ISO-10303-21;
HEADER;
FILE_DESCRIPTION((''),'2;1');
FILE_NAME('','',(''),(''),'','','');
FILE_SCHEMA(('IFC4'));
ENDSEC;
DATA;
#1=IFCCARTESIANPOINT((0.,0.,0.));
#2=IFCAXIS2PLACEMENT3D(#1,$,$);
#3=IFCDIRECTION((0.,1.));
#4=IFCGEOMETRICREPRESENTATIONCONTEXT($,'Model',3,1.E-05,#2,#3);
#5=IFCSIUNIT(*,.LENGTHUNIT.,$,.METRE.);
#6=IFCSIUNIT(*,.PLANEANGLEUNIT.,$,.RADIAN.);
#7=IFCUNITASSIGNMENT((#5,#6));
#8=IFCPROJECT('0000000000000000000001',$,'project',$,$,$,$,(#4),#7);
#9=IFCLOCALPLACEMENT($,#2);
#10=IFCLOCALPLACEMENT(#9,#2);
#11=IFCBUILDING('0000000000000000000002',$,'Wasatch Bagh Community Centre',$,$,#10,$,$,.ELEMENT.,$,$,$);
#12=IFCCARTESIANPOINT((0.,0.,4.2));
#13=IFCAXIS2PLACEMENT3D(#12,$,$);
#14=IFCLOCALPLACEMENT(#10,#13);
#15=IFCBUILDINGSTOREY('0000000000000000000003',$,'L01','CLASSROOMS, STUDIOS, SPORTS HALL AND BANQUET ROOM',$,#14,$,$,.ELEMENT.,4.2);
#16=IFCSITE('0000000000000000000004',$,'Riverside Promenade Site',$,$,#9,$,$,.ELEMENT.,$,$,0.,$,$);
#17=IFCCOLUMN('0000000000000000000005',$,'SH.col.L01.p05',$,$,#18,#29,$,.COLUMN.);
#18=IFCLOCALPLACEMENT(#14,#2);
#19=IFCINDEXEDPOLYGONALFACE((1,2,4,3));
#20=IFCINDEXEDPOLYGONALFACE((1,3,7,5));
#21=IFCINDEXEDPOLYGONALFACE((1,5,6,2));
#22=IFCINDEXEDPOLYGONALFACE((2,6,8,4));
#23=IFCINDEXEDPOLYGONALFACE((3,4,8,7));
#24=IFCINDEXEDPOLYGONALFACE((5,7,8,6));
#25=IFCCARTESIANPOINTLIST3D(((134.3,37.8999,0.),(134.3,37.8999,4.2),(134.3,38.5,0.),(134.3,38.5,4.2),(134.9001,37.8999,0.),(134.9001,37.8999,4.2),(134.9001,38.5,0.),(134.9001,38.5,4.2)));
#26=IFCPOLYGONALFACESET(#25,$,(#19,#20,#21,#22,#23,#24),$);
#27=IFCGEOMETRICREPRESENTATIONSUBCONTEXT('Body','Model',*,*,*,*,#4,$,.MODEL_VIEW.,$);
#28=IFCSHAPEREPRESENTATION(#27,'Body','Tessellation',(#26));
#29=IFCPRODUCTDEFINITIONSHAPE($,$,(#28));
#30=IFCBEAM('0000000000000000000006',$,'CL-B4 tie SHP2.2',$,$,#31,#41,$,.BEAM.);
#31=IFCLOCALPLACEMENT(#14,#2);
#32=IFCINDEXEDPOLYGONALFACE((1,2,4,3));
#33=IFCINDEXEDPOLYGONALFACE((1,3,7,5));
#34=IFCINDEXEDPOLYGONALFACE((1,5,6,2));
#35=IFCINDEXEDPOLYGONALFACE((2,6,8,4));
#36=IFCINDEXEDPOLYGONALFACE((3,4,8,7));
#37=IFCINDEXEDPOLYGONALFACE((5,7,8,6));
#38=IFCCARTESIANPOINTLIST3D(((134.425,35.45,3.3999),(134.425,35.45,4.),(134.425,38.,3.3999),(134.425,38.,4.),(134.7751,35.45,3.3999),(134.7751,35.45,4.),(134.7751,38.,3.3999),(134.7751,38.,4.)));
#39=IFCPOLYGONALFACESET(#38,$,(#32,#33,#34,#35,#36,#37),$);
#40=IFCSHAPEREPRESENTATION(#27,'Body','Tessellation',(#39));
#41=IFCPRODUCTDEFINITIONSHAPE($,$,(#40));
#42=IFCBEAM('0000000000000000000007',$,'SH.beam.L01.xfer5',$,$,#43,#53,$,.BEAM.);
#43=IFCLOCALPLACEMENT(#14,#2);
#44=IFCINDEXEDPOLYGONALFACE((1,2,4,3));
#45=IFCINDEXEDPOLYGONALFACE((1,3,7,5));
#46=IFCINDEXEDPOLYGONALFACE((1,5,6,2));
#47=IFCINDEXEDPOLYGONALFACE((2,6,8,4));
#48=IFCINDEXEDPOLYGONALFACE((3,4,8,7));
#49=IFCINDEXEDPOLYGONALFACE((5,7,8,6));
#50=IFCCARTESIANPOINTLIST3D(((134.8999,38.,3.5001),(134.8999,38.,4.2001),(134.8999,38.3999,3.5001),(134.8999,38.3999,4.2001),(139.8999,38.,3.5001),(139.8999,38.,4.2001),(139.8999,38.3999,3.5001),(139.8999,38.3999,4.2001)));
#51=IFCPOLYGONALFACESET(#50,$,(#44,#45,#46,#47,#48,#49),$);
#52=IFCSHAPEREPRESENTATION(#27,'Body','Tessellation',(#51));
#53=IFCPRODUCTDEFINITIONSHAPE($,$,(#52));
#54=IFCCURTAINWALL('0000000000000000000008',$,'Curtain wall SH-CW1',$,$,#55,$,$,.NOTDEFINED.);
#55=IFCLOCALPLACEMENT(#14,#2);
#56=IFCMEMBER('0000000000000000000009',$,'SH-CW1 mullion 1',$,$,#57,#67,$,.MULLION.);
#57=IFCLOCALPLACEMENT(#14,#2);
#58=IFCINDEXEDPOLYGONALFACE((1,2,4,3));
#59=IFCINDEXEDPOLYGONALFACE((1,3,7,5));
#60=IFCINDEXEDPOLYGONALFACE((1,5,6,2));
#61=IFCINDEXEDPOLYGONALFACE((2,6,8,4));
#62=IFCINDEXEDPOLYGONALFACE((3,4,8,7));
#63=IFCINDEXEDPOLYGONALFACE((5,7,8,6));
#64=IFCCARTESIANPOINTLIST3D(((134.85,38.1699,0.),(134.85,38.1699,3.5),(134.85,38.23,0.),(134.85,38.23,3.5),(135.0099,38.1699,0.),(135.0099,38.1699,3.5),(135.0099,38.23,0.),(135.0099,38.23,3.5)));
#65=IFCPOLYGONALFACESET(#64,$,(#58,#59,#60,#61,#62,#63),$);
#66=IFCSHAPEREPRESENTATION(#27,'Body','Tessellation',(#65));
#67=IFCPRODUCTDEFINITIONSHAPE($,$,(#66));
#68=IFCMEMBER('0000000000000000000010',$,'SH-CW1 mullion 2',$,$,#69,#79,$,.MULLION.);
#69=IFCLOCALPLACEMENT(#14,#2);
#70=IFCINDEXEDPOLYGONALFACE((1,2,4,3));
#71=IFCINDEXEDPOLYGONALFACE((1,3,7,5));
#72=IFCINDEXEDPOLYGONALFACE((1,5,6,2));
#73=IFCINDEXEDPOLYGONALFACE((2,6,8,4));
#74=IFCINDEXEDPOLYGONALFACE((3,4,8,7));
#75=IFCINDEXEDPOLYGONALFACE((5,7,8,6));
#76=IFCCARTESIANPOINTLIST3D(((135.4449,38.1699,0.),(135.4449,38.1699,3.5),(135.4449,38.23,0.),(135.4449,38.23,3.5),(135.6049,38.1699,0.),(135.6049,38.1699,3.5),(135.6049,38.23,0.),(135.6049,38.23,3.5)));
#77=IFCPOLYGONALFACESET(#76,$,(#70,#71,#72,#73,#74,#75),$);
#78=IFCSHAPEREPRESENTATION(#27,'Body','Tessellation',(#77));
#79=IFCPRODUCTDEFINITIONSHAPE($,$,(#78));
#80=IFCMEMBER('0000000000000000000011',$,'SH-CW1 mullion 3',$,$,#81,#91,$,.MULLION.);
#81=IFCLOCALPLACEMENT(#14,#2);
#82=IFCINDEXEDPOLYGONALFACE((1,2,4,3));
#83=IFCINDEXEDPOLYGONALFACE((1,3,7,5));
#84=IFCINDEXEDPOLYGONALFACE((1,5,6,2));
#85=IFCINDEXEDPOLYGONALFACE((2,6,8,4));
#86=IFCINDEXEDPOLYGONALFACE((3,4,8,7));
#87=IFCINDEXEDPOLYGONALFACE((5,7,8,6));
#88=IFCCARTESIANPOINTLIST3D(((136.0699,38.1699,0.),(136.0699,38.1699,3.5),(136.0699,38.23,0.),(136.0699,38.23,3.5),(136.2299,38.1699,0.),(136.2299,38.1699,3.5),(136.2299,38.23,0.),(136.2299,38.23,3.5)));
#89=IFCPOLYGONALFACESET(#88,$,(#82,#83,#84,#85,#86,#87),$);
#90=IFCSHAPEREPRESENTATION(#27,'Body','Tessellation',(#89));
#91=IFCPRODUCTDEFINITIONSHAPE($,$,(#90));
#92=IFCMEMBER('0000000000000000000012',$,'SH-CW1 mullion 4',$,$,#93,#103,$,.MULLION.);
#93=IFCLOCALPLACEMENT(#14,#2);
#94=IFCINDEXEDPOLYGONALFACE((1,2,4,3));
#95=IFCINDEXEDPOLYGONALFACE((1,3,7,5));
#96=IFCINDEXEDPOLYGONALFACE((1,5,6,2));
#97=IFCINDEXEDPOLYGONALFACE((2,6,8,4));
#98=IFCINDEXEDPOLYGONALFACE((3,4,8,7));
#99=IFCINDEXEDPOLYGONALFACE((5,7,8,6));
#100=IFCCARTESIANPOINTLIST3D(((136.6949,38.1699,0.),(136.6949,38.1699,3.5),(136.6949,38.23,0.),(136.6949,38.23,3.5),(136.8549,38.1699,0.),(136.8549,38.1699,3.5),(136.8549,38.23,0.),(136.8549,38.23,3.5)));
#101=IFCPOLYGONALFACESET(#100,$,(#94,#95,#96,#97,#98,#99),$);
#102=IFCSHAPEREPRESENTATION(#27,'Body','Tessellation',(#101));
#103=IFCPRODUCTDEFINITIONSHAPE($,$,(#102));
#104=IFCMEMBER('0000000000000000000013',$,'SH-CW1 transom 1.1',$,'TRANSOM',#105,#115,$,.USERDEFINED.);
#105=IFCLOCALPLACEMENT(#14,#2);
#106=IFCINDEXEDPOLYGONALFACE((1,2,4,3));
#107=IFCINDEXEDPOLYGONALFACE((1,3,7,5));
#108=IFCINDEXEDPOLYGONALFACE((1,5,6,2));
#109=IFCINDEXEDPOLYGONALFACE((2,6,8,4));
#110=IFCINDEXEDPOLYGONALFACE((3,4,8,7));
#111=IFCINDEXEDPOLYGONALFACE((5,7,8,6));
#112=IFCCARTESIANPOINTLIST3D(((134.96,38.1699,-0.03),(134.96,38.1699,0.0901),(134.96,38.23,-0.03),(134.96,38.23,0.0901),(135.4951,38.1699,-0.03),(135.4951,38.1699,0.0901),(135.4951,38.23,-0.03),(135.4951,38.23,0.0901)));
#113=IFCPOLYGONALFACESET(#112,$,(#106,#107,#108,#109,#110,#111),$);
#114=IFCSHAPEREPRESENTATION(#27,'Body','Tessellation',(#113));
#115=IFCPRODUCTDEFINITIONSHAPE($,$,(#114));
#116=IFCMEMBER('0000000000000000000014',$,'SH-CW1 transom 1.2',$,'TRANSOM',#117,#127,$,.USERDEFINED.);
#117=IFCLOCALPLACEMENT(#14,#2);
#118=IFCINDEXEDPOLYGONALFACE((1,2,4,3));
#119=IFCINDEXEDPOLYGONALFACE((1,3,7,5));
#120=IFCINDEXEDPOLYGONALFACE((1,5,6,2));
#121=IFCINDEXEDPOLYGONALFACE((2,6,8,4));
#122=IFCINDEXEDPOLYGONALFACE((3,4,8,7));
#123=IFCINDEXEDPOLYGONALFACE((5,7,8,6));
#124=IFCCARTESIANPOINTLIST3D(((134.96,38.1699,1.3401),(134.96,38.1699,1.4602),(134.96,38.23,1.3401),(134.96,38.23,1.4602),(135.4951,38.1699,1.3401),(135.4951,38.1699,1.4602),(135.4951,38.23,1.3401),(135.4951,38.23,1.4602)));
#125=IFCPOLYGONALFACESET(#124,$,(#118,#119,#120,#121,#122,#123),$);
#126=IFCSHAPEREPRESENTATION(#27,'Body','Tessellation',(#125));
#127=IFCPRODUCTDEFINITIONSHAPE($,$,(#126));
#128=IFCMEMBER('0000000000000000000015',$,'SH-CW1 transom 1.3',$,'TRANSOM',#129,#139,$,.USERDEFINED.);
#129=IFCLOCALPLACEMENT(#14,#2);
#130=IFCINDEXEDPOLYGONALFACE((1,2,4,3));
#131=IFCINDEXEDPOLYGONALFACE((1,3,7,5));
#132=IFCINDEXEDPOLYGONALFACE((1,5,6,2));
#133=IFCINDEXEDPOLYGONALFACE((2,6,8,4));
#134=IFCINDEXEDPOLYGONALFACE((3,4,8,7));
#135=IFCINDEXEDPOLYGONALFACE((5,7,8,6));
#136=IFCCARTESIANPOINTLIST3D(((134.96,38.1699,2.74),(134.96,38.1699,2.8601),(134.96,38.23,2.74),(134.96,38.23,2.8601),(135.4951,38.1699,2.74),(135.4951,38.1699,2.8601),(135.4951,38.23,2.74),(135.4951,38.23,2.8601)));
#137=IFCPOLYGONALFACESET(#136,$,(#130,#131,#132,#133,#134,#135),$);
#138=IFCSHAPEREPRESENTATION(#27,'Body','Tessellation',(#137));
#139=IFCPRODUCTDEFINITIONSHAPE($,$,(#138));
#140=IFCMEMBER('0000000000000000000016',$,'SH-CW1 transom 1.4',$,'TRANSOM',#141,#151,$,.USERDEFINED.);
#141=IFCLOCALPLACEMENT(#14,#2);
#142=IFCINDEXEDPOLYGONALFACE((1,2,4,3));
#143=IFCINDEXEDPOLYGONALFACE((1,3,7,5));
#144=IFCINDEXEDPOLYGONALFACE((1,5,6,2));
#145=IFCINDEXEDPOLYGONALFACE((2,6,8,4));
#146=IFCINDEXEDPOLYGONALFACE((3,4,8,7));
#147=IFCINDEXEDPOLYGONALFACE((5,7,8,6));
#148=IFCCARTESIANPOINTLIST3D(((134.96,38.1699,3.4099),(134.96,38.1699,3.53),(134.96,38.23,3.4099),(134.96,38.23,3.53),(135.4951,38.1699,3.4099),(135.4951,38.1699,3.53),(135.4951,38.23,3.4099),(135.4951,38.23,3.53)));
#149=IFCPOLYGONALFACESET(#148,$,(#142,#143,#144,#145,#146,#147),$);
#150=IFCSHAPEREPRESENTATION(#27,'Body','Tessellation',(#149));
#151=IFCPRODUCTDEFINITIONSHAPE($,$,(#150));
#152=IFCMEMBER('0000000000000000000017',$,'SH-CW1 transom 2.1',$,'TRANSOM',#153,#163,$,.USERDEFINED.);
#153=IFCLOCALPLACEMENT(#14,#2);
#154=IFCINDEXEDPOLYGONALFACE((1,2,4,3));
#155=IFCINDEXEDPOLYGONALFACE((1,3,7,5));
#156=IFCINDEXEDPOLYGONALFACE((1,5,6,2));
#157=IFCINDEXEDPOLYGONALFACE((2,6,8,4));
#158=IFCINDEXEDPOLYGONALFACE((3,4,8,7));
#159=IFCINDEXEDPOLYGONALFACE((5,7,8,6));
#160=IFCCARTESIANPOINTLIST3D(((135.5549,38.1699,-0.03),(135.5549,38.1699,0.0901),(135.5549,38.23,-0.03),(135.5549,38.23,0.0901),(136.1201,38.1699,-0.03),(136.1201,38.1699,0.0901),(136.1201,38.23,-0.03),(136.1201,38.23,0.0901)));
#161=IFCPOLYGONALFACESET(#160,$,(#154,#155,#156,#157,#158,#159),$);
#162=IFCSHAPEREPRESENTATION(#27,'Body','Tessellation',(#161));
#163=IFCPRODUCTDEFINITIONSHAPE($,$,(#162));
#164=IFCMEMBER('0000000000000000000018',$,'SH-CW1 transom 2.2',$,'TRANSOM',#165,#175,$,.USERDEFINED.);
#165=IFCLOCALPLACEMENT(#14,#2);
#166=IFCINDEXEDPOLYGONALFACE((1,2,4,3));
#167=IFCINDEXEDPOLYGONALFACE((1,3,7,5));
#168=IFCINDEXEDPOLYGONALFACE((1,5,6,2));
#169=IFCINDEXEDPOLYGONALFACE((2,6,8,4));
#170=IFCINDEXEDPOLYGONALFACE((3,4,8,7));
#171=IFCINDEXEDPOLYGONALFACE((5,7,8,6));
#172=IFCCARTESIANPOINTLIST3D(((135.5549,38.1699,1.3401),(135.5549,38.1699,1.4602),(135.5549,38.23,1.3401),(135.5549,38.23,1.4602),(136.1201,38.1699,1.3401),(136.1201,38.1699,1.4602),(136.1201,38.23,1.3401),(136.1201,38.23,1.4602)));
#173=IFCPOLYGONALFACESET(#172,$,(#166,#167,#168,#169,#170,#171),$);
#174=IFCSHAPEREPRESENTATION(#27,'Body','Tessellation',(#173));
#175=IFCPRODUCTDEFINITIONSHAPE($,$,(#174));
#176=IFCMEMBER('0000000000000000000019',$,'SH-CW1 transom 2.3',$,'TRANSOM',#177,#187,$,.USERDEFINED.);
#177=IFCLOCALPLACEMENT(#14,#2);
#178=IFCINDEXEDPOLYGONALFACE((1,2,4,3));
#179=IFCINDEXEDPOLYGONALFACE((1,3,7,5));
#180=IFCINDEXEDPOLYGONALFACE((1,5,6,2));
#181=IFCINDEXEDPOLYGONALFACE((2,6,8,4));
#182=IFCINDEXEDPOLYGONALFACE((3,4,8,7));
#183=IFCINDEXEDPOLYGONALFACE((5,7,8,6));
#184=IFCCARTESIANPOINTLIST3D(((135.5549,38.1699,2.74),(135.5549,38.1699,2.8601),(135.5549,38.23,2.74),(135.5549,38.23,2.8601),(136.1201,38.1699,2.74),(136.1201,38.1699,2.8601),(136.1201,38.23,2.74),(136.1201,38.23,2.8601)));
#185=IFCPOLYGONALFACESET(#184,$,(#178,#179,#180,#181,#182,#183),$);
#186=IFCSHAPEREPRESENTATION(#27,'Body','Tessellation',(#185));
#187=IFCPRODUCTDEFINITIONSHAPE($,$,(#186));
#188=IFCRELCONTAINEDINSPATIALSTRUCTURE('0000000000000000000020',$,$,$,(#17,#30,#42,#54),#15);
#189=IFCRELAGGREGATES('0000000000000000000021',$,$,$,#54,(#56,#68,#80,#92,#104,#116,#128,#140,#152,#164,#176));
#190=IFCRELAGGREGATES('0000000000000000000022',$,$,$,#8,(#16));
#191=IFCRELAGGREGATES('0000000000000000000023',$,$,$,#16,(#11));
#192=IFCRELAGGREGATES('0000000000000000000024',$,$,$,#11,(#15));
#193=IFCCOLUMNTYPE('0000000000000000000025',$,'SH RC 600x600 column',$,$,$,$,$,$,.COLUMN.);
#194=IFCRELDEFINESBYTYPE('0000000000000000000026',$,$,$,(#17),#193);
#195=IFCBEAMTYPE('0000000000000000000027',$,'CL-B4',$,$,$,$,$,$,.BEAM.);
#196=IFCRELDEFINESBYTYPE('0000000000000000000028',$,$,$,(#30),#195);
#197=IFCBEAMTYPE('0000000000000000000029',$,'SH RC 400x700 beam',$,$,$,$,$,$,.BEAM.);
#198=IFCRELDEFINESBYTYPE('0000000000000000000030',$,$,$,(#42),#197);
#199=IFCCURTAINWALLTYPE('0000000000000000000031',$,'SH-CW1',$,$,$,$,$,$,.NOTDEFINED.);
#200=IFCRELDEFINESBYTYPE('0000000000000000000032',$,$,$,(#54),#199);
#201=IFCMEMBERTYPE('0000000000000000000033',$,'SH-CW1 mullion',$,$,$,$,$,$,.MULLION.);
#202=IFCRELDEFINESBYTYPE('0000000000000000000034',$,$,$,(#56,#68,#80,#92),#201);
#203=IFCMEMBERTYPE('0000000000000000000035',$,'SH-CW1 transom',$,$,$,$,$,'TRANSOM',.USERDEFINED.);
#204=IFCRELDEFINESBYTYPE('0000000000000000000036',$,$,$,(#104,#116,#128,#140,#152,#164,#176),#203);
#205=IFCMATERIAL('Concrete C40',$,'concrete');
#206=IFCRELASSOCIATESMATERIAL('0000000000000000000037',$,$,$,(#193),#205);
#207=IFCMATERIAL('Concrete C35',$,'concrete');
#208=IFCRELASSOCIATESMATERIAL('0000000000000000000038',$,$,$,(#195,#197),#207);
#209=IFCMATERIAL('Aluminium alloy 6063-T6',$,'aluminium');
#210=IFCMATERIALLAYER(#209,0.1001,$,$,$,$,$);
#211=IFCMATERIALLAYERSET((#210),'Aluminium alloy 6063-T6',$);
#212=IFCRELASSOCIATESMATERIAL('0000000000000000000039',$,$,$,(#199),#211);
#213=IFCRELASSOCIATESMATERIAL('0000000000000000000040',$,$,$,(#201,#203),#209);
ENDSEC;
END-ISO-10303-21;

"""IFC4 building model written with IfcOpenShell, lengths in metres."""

from ifc_helpers import new_model, si_unit, direction, frame, origin, origin_2d, place, context, subcontext, project, spatial, rectangle, extrude, material, layer, layer_set, material_profile, profile_set, type_object, element, aggregate, save


model = new_model("IFC4")

# Units and contexts
model_context = context("Model", 3, precision=1e-05, world=origin(), true_north=direction((0.0, 1.0)))
body_context = subcontext(model_context, "Body", "Model", "MODEL_VIEW")
ifc_project = project(units=[si_unit("LENGTHUNIT", "METRE"), si_unit("PLANEANGLEUNIT", "RADIAN")], contexts=[model_context])

# Site, building, storey
site_placement = place(None, origin())
site = spatial("IfcSite", under=ifc_project, at=site_placement, Name="Riverside Promenade Site", CompositionType="ELEMENT", RefElevation=0.0)
building_placement = place(site_placement, origin())
building = spatial("IfcBuilding", under=site, at=building_placement, Name="Wasatch Bagh Community Centre", CompositionType="ELEMENT")
storey_placement = place(building_placement, frame((0.0, 0.0, 4.2)))
storey = spatial("IfcBuildingStorey", under=building, at=storey_placement, Name="L01", Description="CLASSROOMS, STUDIOS, SPORTS HALL AND BANQUET ROOM", CompositionType="ELEMENT", Elevation=4.2)

# Column
ifc_material_1 = material(Name="Concrete C40", Category="concrete")
ifc_material_profile_1 = material_profile(ifc_material_1, rectangle(XDim=0.6001, YDim=0.6001, at=origin_2d()), Name="RC 600x600")
ifc_profile_set_1 = profile_set([ifc_material_profile_1], Name="Concrete C40")
column_type = type_object("IfcColumnType", Name="SH RC 600x600 column", PredefinedType="COLUMN", material=ifc_profile_set_1)
column_placement = place(storey_placement, frame((134.6001, 38.2, 0.0), z_axis=(0.0, 0.0, 1.0), x_axis=(1.0, 0.0, 0.0)))
element("IfcColumn", 1, at=column_placement, inside=storey, type_object=column_type, Name="SH.col.L01.p05", PredefinedType="COLUMN", context=body_context, shape_type="SweptSolid", body=[
    extrude(rectangle(XDim=0.6001, YDim=0.6001, at=origin_2d()), origin(), (0.0, 0.0, 1.0), 4.2),
])

# Beams
ifc_material_2 = material(Name="Concrete C35", Category="concrete")
ifc_material_profile_2 = material_profile(ifc_material_2, rectangle(XDim=0.3501, YDim=0.6001, at=origin_2d()), Name="RC 350x600")
ifc_profile_set_2 = profile_set([ifc_material_profile_2], Name="Concrete C35")
beam_type_1 = type_object("IfcBeamType", Name="CL-B4", PredefinedType="BEAM", material=ifc_profile_set_2)
beam_1_placement = place(storey_placement, frame((134.6001, 38.0, 3.7), z_axis=(0.0, -1.0, 0.0), x_axis=(1.0, 0.0, 0.0)))
element("IfcBeam", 2, at=beam_1_placement, inside=storey, type_object=beam_type_1, Name="CL-B4 tie SHP2.2", PredefinedType="BEAM", context=body_context, shape_type="SweptSolid", body=[
    extrude(rectangle(XDim=0.3501, YDim=0.6001, at=origin_2d()), origin(), (0.0, 0.0, 1.0), 2.55),
])
ifc_material_profile_3 = material_profile(ifc_material_2, rectangle(XDim=0.3999, YDim=0.7, at=origin_2d()), Name="RC 400x700")
ifc_profile_set_3 = profile_set([ifc_material_profile_3], Name="Concrete C35")
beam_type_2 = type_object("IfcBeamType", Name="SH RC 400x700 beam", PredefinedType="BEAM", material=ifc_profile_set_3)
beam_2_placement = place(storey_placement, frame((134.8999, 38.2, 3.8501), z_axis=(1.0, 0.0, 0.0), x_axis=(0.0, 1.0, 0.0)))
element("IfcBeam", 3, at=beam_2_placement, inside=storey, type_object=beam_type_2, Name="SH.beam.L01.xfer5", PredefinedType="BEAM", context=body_context, shape_type="SweptSolid", body=[
    extrude(rectangle(XDim=0.3999, YDim=0.7, at=origin_2d()), origin(), (0.0, 0.0, 1.0), 5.0),
])

# Curtain wall, members
ifc_material_3 = material(Name="Aluminium alloy 6063-T6", Category="aluminium")
ifc_layer_1 = layer(ifc_material_3, 0.1001)
ifc_layer_set_1 = layer_set([ifc_layer_1], Name="Aluminium alloy 6063-T6")
curtain_wall_type = type_object("IfcCurtainWallType", Name="SH-CW1", PredefinedType="NOTDEFINED", material=ifc_layer_set_1)
curtain_wall_placement = place(storey_placement, origin())
curtain_wall = element("IfcCurtainWall", 4, at=curtain_wall_placement, inside=storey, type_object=curtain_wall_type, Name="Curtain wall SH-CW1", PredefinedType="NOTDEFINED")
ifc_material_profile_4 = material_profile(ifc_material_3, rectangle(XDim=0.0601, YDim=0.1599, at=origin_2d()), Name="AL 60x160")
ifc_profile_set_4 = profile_set([ifc_material_profile_4], Name="Aluminium alloy 6063-T6")
member_type_1 = type_object("IfcMemberType", Name="SH-CW1 mullion", PredefinedType="MULLION", material=ifc_profile_set_4)
member_1_placement = place(storey_placement, frame((134.9299, 38.2, 0.0), z_axis=(0.0, 0.0, 1.0), x_axis=(0.0, 1.0, 0.0)))
member_1 = element("IfcMember", 5, at=member_1_placement, type_object=member_type_1, Name="SH-CW1 mullion 1", PredefinedType="MULLION", context=body_context, shape_type="SweptSolid", body=[
    extrude(rectangle(XDim=0.0601, YDim=0.1599, at=origin_2d()), origin(), (0.0, 0.0, 1.0), 3.5),
])
member_2_placement = place(storey_placement, frame((135.5249, 38.2, 0.0), z_axis=(0.0, 0.0, 1.0), x_axis=(0.0, 1.0, 0.0)))
member_2 = element("IfcMember", 6, at=member_2_placement, type_object=member_type_1, Name="SH-CW1 mullion 2", PredefinedType="MULLION", context=body_context, shape_type="SweptSolid", body=[
    extrude(rectangle(XDim=0.0601, YDim=0.1599, at=origin_2d()), origin(), (0.0, 0.0, 1.0), 3.5),
])
member_3_placement = place(storey_placement, frame((136.1499, 38.2, 0.0), z_axis=(0.0, 0.0, 1.0), x_axis=(0.0, 1.0, 0.0)))
member_3 = element("IfcMember", 7, at=member_3_placement, type_object=member_type_1, Name="SH-CW1 mullion 3", PredefinedType="MULLION", context=body_context, shape_type="SweptSolid", body=[
    extrude(rectangle(XDim=0.0601, YDim=0.1599, at=origin_2d()), origin(), (0.0, 0.0, 1.0), 3.5),
])
member_4_placement = place(storey_placement, frame((136.7749, 38.2, 0.0), z_axis=(0.0, 0.0, 1.0), x_axis=(0.0, 1.0, 0.0)))
member_4 = element("IfcMember", 8, at=member_4_placement, type_object=member_type_1, Name="SH-CW1 mullion 4", PredefinedType="MULLION", context=body_context, shape_type="SweptSolid", body=[
    extrude(rectangle(XDim=0.0601, YDim=0.1599, at=origin_2d()), origin(), (0.0, 0.0, 1.0), 3.5),
])
ifc_material_profile_5 = material_profile(ifc_material_3, rectangle(XDim=0.0601, YDim=0.1201, at=origin_2d()), Name="AL 60x120")
ifc_profile_set_5 = profile_set([ifc_material_profile_5], Name="Aluminium alloy 6063-T6")
member_type_2 = type_object("IfcMemberType", Name="SH-CW1 transom", ElementType="TRANSOM", PredefinedType="USERDEFINED", material=ifc_profile_set_5)
member_5_placement = place(storey_placement, frame((134.96, 38.2, 0.03), z_axis=(1.0, 0.0, 0.0), x_axis=(0.0, 1.0, 0.0)))
member_5 = element("IfcMember", 9, at=member_5_placement, type_object=member_type_2, Name="SH-CW1 transom 1.1", ObjectType="TRANSOM", PredefinedType="USERDEFINED", context=body_context, shape_type="SweptSolid", body=[
    extrude(rectangle(XDim=0.0601, YDim=0.1201, at=origin_2d()), origin(), (0.0, 0.0, 1.0), 0.5352),
])
member_6_placement = place(storey_placement, frame((134.96, 38.2, 1.4001), z_axis=(1.0, 0.0, 0.0), x_axis=(0.0, 1.0, 0.0)))
member_6 = element("IfcMember", 10, at=member_6_placement, type_object=member_type_2, Name="SH-CW1 transom 1.2", ObjectType="TRANSOM", PredefinedType="USERDEFINED", context=body_context, shape_type="SweptSolid", body=[
    extrude(rectangle(XDim=0.0601, YDim=0.1201, at=origin_2d()), origin(), (0.0, 0.0, 1.0), 0.5352),
])
member_7_placement = place(storey_placement, frame((134.96, 38.2, 2.8), z_axis=(1.0, 0.0, 0.0), x_axis=(0.0, 1.0, 0.0)))
member_7 = element("IfcMember", 11, at=member_7_placement, type_object=member_type_2, Name="SH-CW1 transom 1.3", ObjectType="TRANSOM", PredefinedType="USERDEFINED", context=body_context, shape_type="SweptSolid", body=[
    extrude(rectangle(XDim=0.0601, YDim=0.1201, at=origin_2d()), origin(), (0.0, 0.0, 1.0), 0.5352),
])
member_8_placement = place(storey_placement, frame((134.96, 38.2, 3.47), z_axis=(1.0, 0.0, 0.0), x_axis=(0.0, 1.0, 0.0)))
member_8 = element("IfcMember", 12, at=member_8_placement, type_object=member_type_2, Name="SH-CW1 transom 1.4", ObjectType="TRANSOM", PredefinedType="USERDEFINED", context=body_context, shape_type="SweptSolid", body=[
    extrude(rectangle(XDim=0.0601, YDim=0.1201, at=origin_2d()), origin(), (0.0, 0.0, 1.0), 0.5352),
])
member_9_placement = place(storey_placement, frame((135.5549, 38.2, 0.03), z_axis=(1.0, 0.0, 0.0), x_axis=(0.0, 1.0, 0.0)))
member_9 = element("IfcMember", 13, at=member_9_placement, type_object=member_type_2, Name="SH-CW1 transom 2.1", ObjectType="TRANSOM", PredefinedType="USERDEFINED", context=body_context, shape_type="SweptSolid", body=[
    extrude(rectangle(XDim=0.0601, YDim=0.1201, at=origin_2d()), origin(), (0.0, 0.0, 1.0), 0.5652),
])
member_10_placement = place(storey_placement, frame((135.5549, 38.2, 1.4001), z_axis=(1.0, 0.0, 0.0), x_axis=(0.0, 1.0, 0.0)))
member_10 = element("IfcMember", 14, at=member_10_placement, type_object=member_type_2, Name="SH-CW1 transom 2.2", ObjectType="TRANSOM", PredefinedType="USERDEFINED", context=body_context, shape_type="SweptSolid", body=[
    extrude(rectangle(XDim=0.0601, YDim=0.1201, at=origin_2d()), origin(), (0.0, 0.0, 1.0), 0.5652),
])
member_11_placement = place(storey_placement, frame((135.5549, 38.2, 2.8), z_axis=(1.0, 0.0, 0.0), x_axis=(0.0, 1.0, 0.0)))
member_11 = element("IfcMember", 15, at=member_11_placement, type_object=member_type_2, Name="SH-CW1 transom 2.3", ObjectType="TRANSOM", PredefinedType="USERDEFINED", context=body_context, shape_type="SweptSolid", body=[
    extrude(rectangle(XDim=0.0601, YDim=0.1201, at=origin_2d()), origin(), (0.0, 0.0, 1.0), 0.5652),
])
aggregate(curtain_wall, [member_1, member_2, member_3, member_4, member_5, member_6, member_7, member_8, member_9, member_10, member_11])

save(model, "model.ifc")
